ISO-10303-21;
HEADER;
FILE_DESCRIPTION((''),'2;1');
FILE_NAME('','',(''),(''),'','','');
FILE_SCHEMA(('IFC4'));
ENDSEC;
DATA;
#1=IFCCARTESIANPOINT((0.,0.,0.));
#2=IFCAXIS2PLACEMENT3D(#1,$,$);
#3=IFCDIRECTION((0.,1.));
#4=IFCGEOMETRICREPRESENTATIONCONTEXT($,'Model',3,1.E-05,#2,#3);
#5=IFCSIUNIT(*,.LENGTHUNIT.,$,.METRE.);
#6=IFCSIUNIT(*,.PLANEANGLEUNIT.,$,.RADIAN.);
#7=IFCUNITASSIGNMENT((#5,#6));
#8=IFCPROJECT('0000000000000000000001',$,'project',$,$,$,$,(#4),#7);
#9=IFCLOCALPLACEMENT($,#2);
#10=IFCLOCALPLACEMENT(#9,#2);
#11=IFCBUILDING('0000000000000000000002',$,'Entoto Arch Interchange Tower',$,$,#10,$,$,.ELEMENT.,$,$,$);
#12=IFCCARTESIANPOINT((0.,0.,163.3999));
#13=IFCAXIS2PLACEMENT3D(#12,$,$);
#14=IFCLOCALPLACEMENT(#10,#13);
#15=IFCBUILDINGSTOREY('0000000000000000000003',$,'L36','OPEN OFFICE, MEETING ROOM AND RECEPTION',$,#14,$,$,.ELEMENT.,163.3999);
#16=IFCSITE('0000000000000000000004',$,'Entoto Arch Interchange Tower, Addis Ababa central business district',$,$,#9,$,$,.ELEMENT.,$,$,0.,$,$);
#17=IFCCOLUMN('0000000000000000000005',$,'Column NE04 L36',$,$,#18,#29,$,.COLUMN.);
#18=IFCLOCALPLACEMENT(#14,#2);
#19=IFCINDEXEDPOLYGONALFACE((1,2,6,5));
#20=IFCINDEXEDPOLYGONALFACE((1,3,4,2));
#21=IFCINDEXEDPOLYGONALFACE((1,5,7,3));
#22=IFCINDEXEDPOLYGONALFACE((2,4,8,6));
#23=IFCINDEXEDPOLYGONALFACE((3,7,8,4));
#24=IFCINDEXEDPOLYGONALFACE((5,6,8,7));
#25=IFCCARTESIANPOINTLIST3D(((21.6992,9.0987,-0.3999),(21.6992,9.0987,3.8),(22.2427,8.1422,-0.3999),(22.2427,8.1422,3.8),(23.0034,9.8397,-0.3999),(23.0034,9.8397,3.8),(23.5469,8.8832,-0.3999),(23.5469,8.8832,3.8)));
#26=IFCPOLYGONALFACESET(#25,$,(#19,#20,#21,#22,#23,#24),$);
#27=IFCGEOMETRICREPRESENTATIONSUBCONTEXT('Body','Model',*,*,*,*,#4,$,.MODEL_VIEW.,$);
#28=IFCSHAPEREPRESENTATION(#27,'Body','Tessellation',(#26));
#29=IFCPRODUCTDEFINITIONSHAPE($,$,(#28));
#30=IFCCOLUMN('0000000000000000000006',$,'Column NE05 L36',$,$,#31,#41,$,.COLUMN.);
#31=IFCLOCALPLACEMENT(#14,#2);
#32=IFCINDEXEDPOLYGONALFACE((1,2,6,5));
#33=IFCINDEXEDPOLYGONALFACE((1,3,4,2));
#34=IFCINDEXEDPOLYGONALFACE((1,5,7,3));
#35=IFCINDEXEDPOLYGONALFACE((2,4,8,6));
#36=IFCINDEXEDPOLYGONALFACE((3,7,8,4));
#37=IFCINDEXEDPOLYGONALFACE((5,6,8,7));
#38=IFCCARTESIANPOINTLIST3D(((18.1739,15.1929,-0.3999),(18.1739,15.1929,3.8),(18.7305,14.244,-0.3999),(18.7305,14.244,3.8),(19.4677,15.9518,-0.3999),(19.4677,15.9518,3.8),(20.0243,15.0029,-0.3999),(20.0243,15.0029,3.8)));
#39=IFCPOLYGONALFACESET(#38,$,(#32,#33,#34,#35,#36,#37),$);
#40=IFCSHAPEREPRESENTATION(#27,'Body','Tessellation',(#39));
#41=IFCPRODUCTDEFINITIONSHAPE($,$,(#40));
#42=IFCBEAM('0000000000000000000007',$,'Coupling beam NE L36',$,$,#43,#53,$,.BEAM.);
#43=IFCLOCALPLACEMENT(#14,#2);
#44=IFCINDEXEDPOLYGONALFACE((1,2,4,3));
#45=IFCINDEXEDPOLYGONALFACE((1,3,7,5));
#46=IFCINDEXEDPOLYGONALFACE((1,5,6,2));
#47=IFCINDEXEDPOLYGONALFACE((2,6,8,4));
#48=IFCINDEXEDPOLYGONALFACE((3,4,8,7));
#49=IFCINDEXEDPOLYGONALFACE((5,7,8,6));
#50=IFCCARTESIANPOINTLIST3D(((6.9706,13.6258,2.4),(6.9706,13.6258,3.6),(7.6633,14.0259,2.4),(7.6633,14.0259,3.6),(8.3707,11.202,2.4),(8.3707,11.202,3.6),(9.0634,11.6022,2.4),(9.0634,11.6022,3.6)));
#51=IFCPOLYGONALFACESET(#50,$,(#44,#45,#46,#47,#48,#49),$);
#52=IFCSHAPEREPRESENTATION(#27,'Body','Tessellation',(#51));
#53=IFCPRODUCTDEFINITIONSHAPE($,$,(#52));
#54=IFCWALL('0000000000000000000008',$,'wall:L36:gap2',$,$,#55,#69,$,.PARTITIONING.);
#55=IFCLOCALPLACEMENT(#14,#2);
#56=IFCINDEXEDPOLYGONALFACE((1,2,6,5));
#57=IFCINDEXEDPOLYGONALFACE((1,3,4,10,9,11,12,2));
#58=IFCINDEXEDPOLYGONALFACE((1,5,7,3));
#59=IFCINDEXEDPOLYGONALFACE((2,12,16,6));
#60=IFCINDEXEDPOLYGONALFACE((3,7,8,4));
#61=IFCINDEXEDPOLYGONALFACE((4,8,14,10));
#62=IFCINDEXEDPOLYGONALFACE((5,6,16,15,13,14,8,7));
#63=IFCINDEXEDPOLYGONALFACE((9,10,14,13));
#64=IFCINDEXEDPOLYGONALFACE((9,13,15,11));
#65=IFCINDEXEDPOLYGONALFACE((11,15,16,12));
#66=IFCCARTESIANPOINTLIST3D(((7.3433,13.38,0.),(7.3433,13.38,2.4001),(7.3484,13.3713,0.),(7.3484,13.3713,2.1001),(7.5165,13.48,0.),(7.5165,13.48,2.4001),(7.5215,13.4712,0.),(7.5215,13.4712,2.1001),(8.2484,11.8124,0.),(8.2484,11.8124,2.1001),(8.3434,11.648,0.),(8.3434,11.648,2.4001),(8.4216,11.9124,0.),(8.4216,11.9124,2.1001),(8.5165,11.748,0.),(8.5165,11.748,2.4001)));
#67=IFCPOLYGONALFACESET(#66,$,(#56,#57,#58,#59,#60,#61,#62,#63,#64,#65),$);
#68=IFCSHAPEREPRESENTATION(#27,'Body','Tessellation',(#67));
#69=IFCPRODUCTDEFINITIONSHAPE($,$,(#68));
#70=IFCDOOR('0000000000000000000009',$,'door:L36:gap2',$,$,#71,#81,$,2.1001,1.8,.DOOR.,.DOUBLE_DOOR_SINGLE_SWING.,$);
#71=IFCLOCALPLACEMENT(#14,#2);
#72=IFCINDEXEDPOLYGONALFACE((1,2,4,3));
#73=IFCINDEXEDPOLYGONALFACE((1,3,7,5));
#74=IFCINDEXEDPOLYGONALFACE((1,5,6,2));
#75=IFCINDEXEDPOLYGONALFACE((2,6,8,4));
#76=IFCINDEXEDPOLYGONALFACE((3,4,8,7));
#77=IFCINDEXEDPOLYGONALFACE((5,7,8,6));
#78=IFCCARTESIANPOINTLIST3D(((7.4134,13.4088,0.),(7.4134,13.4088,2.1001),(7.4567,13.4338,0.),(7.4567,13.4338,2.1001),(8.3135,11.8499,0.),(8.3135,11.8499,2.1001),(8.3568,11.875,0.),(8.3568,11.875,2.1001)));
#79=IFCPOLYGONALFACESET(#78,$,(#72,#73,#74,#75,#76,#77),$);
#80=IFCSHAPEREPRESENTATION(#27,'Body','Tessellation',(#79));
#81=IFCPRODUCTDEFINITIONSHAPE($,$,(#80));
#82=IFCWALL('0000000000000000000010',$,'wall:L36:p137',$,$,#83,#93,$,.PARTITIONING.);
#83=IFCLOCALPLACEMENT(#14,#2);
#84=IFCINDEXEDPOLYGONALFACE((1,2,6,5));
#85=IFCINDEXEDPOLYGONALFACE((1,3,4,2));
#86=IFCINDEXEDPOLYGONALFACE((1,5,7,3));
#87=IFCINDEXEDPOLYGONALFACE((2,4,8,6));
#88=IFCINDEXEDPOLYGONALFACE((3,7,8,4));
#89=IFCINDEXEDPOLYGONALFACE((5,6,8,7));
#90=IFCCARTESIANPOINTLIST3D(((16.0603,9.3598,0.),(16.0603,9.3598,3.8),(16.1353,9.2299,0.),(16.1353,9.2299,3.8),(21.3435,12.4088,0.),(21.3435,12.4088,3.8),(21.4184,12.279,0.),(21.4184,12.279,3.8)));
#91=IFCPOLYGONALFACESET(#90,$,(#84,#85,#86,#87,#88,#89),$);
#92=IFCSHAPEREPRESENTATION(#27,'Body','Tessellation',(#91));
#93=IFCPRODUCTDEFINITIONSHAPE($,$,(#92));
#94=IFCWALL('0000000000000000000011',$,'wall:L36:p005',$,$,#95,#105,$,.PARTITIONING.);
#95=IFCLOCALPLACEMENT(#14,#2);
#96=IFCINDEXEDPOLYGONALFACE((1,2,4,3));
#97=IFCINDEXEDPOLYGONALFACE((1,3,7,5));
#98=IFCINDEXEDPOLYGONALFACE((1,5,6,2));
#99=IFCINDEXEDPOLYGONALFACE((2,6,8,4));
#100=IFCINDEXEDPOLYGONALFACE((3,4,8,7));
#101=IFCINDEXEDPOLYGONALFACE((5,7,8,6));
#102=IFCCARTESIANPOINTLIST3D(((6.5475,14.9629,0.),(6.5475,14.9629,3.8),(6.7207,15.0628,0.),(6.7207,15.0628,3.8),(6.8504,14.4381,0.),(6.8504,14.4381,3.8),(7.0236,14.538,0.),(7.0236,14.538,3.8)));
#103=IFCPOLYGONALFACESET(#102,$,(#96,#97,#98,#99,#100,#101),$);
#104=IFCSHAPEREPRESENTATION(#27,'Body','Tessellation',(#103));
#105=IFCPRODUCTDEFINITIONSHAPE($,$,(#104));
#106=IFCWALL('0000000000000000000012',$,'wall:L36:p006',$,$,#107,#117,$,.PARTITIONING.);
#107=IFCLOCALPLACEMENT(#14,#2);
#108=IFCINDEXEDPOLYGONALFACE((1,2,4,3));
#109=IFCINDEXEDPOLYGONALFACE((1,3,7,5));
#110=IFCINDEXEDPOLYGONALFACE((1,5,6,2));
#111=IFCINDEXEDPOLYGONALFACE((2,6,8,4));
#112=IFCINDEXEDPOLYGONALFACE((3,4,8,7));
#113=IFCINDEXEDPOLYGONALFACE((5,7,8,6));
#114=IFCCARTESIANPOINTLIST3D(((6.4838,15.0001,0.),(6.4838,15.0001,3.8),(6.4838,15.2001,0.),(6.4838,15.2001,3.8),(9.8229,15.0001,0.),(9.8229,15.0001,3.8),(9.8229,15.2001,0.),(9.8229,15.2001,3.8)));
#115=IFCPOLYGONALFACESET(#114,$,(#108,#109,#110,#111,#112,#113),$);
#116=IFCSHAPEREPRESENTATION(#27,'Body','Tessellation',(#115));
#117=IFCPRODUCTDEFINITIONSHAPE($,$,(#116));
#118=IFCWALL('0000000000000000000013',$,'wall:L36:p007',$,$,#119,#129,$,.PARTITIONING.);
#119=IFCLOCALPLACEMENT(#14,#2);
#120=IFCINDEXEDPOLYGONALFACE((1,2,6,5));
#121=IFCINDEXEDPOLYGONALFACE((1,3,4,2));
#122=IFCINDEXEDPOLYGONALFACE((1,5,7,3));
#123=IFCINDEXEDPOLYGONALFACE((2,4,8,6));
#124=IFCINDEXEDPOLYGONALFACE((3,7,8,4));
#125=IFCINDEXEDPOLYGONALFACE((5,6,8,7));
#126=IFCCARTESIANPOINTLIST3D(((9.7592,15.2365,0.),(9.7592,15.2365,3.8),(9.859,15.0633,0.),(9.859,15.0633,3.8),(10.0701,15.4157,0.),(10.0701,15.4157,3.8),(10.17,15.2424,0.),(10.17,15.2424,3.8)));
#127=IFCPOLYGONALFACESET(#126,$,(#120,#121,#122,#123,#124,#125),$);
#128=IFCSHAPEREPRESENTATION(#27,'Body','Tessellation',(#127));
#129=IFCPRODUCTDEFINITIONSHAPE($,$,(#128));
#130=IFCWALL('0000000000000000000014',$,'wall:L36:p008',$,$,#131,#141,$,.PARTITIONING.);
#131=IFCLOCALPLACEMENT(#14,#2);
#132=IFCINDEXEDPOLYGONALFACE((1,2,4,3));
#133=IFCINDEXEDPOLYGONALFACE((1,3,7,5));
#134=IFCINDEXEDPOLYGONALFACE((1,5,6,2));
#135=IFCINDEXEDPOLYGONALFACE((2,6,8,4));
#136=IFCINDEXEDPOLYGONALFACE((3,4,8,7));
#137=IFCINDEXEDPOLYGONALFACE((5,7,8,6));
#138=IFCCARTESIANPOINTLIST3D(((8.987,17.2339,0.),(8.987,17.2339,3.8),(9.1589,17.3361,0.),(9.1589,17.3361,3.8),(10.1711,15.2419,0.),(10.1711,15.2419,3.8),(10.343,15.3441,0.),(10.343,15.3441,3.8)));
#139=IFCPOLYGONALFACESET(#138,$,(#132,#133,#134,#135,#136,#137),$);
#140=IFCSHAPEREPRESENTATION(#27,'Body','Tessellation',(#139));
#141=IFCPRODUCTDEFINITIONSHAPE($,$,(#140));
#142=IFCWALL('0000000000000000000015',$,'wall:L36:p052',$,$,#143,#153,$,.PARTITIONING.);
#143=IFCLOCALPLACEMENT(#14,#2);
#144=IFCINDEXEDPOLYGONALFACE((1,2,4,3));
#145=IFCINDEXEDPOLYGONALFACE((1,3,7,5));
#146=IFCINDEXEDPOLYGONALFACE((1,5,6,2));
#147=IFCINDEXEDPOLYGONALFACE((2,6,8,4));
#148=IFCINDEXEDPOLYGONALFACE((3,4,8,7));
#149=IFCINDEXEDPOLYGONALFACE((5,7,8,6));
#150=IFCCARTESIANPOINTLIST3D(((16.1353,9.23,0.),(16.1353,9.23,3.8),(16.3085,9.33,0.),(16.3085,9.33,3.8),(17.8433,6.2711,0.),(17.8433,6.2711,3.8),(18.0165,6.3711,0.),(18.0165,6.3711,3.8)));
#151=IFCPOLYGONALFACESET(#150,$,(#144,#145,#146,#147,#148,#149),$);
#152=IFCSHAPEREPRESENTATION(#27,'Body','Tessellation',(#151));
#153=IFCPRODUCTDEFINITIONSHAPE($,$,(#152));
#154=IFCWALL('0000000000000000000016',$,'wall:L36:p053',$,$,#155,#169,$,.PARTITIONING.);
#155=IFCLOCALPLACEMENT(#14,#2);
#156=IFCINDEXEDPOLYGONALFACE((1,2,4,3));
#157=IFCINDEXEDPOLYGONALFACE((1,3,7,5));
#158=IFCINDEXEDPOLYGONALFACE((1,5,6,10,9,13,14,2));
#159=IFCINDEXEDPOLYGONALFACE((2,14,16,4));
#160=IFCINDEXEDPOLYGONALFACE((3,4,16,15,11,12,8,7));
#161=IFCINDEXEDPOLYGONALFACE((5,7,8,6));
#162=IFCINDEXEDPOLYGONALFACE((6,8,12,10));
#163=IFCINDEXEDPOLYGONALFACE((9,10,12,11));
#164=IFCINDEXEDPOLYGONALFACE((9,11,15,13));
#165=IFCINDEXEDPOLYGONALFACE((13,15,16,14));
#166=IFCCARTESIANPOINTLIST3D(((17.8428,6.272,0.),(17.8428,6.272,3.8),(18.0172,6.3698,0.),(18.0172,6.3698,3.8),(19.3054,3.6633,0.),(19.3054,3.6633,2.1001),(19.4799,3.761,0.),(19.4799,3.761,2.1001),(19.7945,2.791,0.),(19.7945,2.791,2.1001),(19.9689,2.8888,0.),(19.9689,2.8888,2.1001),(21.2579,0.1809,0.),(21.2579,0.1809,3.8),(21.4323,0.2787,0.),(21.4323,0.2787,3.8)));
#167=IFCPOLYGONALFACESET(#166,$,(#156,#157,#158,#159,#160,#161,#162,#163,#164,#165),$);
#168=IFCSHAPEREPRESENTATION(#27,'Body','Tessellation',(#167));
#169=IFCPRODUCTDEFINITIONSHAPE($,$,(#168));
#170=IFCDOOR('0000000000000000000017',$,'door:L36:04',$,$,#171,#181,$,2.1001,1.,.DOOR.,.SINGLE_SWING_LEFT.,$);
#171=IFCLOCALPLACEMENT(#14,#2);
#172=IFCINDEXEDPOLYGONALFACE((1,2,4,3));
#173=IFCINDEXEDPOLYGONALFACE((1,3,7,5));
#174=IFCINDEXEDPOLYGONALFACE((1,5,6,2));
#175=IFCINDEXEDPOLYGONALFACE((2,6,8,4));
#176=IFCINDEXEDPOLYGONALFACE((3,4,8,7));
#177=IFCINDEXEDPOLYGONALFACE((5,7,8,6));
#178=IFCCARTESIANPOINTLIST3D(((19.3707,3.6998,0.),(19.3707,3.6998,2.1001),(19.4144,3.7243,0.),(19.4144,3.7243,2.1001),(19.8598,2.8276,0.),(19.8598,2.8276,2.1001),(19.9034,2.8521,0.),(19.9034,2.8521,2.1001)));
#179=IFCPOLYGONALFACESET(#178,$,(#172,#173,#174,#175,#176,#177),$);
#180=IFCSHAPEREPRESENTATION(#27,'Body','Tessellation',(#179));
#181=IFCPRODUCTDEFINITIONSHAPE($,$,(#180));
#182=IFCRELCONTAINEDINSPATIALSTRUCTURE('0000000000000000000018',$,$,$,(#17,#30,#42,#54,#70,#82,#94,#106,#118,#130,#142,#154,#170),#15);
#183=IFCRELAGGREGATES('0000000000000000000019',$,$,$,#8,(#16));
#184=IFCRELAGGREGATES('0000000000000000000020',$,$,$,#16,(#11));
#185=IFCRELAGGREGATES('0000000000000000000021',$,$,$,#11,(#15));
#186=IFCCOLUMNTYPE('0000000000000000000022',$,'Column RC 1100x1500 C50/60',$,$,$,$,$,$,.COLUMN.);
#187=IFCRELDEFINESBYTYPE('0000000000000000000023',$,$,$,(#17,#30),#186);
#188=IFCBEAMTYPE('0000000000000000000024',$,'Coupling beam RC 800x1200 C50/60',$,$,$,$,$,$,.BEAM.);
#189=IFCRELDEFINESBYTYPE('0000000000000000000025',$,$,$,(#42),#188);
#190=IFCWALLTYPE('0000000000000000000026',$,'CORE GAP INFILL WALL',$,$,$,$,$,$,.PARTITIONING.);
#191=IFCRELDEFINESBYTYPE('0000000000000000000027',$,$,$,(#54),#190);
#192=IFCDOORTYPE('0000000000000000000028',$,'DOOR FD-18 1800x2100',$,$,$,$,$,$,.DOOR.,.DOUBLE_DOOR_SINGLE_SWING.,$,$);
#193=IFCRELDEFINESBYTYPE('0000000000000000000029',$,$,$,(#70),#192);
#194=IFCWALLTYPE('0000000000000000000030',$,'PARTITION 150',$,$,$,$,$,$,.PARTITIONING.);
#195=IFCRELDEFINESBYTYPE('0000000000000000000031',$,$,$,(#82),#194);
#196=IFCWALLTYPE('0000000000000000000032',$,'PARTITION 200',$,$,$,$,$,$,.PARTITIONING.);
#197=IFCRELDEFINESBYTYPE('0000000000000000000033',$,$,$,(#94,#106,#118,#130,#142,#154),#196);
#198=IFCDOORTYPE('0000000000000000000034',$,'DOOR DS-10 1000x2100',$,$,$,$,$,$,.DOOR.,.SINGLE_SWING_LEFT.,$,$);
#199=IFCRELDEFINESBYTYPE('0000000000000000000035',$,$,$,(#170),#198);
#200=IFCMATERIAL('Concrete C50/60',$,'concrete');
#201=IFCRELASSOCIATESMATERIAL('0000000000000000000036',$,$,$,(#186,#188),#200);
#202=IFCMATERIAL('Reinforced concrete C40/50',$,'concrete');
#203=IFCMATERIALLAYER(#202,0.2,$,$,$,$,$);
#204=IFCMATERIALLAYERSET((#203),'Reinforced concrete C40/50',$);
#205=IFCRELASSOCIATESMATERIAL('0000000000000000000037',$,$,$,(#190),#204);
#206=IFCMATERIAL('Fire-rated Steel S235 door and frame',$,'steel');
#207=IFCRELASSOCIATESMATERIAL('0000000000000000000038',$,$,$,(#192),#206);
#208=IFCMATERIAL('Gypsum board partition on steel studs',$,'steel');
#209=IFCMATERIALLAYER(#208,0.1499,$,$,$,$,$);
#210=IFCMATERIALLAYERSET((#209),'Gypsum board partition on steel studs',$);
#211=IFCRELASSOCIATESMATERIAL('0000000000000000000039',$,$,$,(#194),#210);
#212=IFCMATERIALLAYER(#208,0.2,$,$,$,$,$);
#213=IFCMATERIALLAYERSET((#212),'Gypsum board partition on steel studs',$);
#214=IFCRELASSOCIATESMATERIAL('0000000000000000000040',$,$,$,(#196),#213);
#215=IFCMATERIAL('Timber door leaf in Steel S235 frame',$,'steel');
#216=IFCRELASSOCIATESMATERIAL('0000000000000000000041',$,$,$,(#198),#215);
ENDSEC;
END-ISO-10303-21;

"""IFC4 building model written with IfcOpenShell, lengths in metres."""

from ifc_helpers import new_model, si_unit, direction, frame, frame_2d, origin, origin_2d, place, context, subcontext, project, spatial, rectangle, extrude, material, layer, layer_set, material_profile, profile_set, type_object, element, fill, save


model = new_model("IFC4")

# Units and contexts
model_context = context("Model", 3, precision=1e-05, world=origin(), true_north=direction((0.0, 1.0)))
body_context = subcontext(model_context, "Body", "Model", "MODEL_VIEW")
ifc_project = project(units=[si_unit("LENGTHUNIT", "METRE"), si_unit("PLANEANGLEUNIT", "RADIAN")], contexts=[model_context])

# Site, building, storey
site_placement = place(None, origin())
site = spatial("IfcSite", under=ifc_project, at=site_placement, Name="Entoto Arch Interchange Tower, Addis Ababa central business district", CompositionType="ELEMENT", RefElevation=0.0)
building_placement = place(site_placement, origin())
building = spatial("IfcBuilding", under=site, at=building_placement, Name="Entoto Arch Interchange Tower", CompositionType="ELEMENT")
storey_placement = place(building_placement, frame((0.0, 0.0, 163.3999)))
storey = spatial("IfcBuildingStorey", under=building, at=storey_placement, Name="L36", Description="OPEN OFFICE, MEETING ROOM AND RECEPTION", CompositionType="ELEMENT", Elevation=163.3999)

# Columns
ifc_material_1 = material(Name="Concrete C50/60", Category="concrete")
ifc_material_profile_1 = material_profile(ifc_material_1, rectangle(XDim=1.1001, YDim=1.5, at=origin_2d()))
ifc_profile_set_1 = profile_set([ifc_material_profile_1], Name="Concrete C50/60")
column_type = type_object("IfcColumnType", Name="Column RC 1100x1500 C50/60", PredefinedType="COLUMN", material=ifc_profile_set_1)
for number, where, z_axis, x_axis, name in (
    (1, (22.623, 8.991, -0.3999), (0.0, 0.0, 1.0), (-0.494018, 0.869452, 0.0), "Column NE04 L36"),
    (2, (19.0991, 15.0979, -0.3999), (0.0, 0.0, 1.0), (-0.505958, 0.862558, 0.0), "Column NE05 L36"),
):
    element("IfcColumn", number, at=place(storey_placement, frame(where, z_axis=z_axis, x_axis=x_axis)), inside=storey, type_object=column_type, Name=name, PredefinedType="COLUMN", context=body_context, shape_type="SweptSolid", body=[
        extrude(rectangle(XDim=1.1001, YDim=1.5, at=origin_2d()), origin(), (0.0, 0.0, 1.0), 4.2),
    ])

# Beam
ifc_material_profile_2 = material_profile(ifc_material_1, rectangle(XDim=0.8, YDim=1.2, at=origin_2d()))
ifc_profile_set_2 = profile_set([ifc_material_profile_2], Name="Concrete C50/60")
beam_type = type_object("IfcBeamType", Name="Coupling beam RC 800x1200 C50/60", PredefinedType="BEAM", material=ifc_profile_set_2)
beam_placement = place(storey_placement, frame((8.717, 11.4021, 3.0), z_axis=(-0.500201, 0.86591, 0.0), x_axis=(-0.86591, -0.500201, 0.0)))
element("IfcBeam", 3, at=beam_placement, inside=storey, type_object=beam_type, Name="Coupling beam NE L36", PredefinedType="BEAM", context=body_context, shape_type="SweptSolid", body=[
    extrude(rectangle(XDim=0.8, YDim=1.2, at=origin_2d()), origin(), (0.0, 0.0, 1.0), 2.7991),
])

# Wall, opening, door
ifc_material_2 = material(Name="Reinforced concrete C40/50", Category="concrete")
ifc_layer_1 = layer(ifc_material_2, 0.2)
ifc_layer_set_1 = layer_set([ifc_layer_1], Name="Reinforced concrete C40/50")
wall_type_1 = type_object("IfcWallType", Name="CORE GAP INFILL WALL", PredefinedType="PARTITIONING", material=ifc_layer_set_1)
wall_1_placement = place(storey_placement, frame((8.4299, 11.698, 0.0), z_axis=(0.0, 0.0, 1.0), x_axis=(-0.500025, 0.866011, 0.0)))
wall_1 = element("IfcWall", 4, at=wall_1_placement, inside=storey, type_object=wall_type_1, Name="wall:L36:gap2", PredefinedType="PARTITIONING", context=body_context, shape_type="SweptSolid", body=[
    extrude(rectangle(XDim=2.0, YDim=0.2, at=frame_2d((1.0, 0.0))), origin(), (0.0, 0.0, 1.0), 2.4001),
])
opening_1_placement = place(wall_1_placement, frame((0.1899, 0.0, 0.0)))
opening_1 = element("IfcOpeningElement", 5, at=opening_1_placement, cuts=wall_1, PredefinedType="OPENING", context=body_context, shape_type="SweptSolid", body=[
    extrude(rectangle(XDim=1.8, YDim=2.1001, at=frame_2d((0.8999, 1.05))), frame((0.0, 0.1099, 0.0), z_axis=(0.0, -1.0, 0.0), x_axis=(1.0, 0.0, 0.0)), (0.0, 0.0, 1.0), 0.22),
])
ifc_material_3 = material(Name="Fire-rated Steel S235 door and frame", Category="steel")
door_type_1 = type_object("IfcDoorType", Name="DOOR FD-18 1800x2100", OperationType="DOUBLE_DOOR_SINGLE_SWING", PredefinedType="DOOR", material=ifc_material_3)
door_1_placement = place(opening_1_placement, origin())
door_1 = element("IfcDoor", 6, at=door_1_placement, inside=storey, type_object=door_type_1, Name="door:L36:gap2", OperationType="DOUBLE_DOOR_SINGLE_SWING", OverallHeight=2.1001, OverallWidth=1.8, PredefinedType="DOOR", context=body_context, shape_type="SweptSolid", body=[
    extrude(rectangle(XDim=1.8, YDim=2.1001, at=frame_2d((0.8999, 1.05))), frame((0.0, 0.0249, 0.0), z_axis=(0.0, -1.0, 0.0), x_axis=(1.0, 0.0, 0.0)), (0.0, 0.0, 1.0), 0.05),
])
fill(opening_1, door_1)

# Walls
ifc_material_4 = material(Name="Gypsum board partition on steel studs", Category="steel")
ifc_layer_2 = layer(ifc_material_4, 0.1499)
ifc_layer_set_2 = layer_set([ifc_layer_2], Name="Gypsum board partition on steel studs")
wall_type_2 = type_object("IfcWallType", Name="PARTITION 150", PredefinedType="PARTITIONING", material=ifc_layer_set_2)
wall_2_placement = place(storey_placement, frame((16.0979, 9.2949, 0.0), z_axis=(0.0, 0.0, 1.0), x_axis=(0.86611, 0.499854, 0.0)))
element("IfcWall", 7, at=wall_2_placement, inside=storey, type_object=wall_type_2, Name="wall:L36:p137", PredefinedType="PARTITIONING", context=body_context, shape_type="SweptSolid", body=[
    extrude(rectangle(XDim=6.0999, YDim=0.1499, at=frame_2d((3.0498, 0.0))), origin(), (0.0, 0.0, 1.0), 3.8),
])
ifc_layer_3 = layer(ifc_material_4, 0.2)
ifc_layer_set_3 = layer_set([ifc_layer_3], Name="Gypsum board partition on steel studs")
wall_type_3 = type_object("IfcWallType", Name="PARTITION 200", PredefinedType="PARTITIONING", material=ifc_layer_set_3)
wall_3_placement = place(storey_placement, frame((6.937, 14.488, 0.0), z_axis=(0.0, 0.0, 1.0), x_axis=(-0.499908, 0.866078, 0.0)))
element("IfcWall", 8, at=wall_3_placement, inside=storey, type_object=wall_type_3, Name="wall:L36:p005", PredefinedType="PARTITIONING", context=body_context, shape_type="SweptSolid", body=[
    extrude(rectangle(XDim=0.606, YDim=0.2, at=frame_2d((0.303, 0.0))), origin(), (0.0, 0.0, 1.0), 3.8),
])
wall_4_placement = place(storey_placement, frame((6.4839, 15.1001, 0.0), z_axis=(0.0, 0.0, 1.0), x_axis=(1.0, 0.0, 0.0)))
element("IfcWall", 9, at=wall_4_placement, inside=storey, type_object=wall_type_3, Name="wall:L36:p006", PredefinedType="PARTITIONING", context=body_context, shape_type="SweptSolid", body=[
    extrude(rectangle(XDim=3.3391, YDim=0.2, at=frame_2d((1.6694, 0.0))), origin(), (0.0, 0.0, 1.0), 3.8),
])
wall_5_placement = place(storey_placement, frame((9.8091, 15.1499, 0.0), z_axis=(0.0, 0.0, 1.0), x_axis=(0.86648, 0.499212, 0.0)))
element("IfcWall", 10, at=wall_5_placement, inside=storey, type_object=wall_type_3, Name="wall:L36:p007", PredefinedType="PARTITIONING", context=body_context, shape_type="SweptSolid", body=[
    extrude(rectangle(XDim=0.3589, YDim=0.2, at=frame_2d((0.1794, 0.0))), origin(), (0.0, 0.0, 1.0), 3.8),
])
wall_6_placement = place(storey_placement, frame((10.2571, 15.293, 0.0), z_axis=(0.0, 0.0, 1.0), x_axis=(-0.510974, 0.859596, 0.0)))
element("IfcWall", 11, at=wall_6_placement, inside=storey, type_object=wall_type_3, Name="wall:L36:p008", PredefinedType="PARTITIONING", context=body_context, shape_type="SweptSolid", body=[
    extrude(rectangle(XDim=2.3174, YDim=0.2, at=frame_2d((1.1587, 0.0))), origin(), (0.0, 0.0, 1.0), 3.8),
])
wall_7_placement = place(storey_placement, frame((16.2219, 9.28, 0.0), z_axis=(0.0, 0.0, 1.0), x_axis=(0.49992, -0.866071, 0.0)))
element("IfcWall", 12, at=wall_7_placement, inside=storey, type_object=wall_type_3, Name="wall:L36:p052", PredefinedType="PARTITIONING", context=body_context, shape_type="SweptSolid", body=[
    extrude(rectangle(XDim=3.4165, YDim=0.2, at=frame_2d((1.7083, 0.0))), origin(), (0.0, 0.0, 1.0), 3.8),
])

# Wall, opening, door
wall_8_placement = place(storey_placement, frame((17.9299, 6.321, 0.0), z_axis=(0.0, 0.0, 1.0), x_axis=(0.489044, -0.872259, 0.0)))
wall_8 = element("IfcWall", 13, at=wall_8_placement, inside=storey, type_object=wall_type_3, Name="wall:L36:p053", PredefinedType="PARTITIONING", context=body_context, shape_type="SweptSolid", body=[
    extrude(rectangle(XDim=6.9832, YDim=0.2, at=frame_2d((3.4917, 0.0))), origin(), (0.0, 0.0, 1.0), 3.8),
])
opening_2_placement = place(wall_8_placement, frame((2.991, 0.0, 0.0)))
opening_2 = element("IfcOpeningElement", 14, at=opening_2_placement, cuts=wall_8, PredefinedType="OPENING", context=body_context, shape_type="SweptSolid", body=[
    extrude(rectangle(XDim=1.0, YDim=2.1001, at=frame_2d((0.5, 1.05))), frame((0.0, 0.1099, 0.0), z_axis=(0.0, -1.0, 0.0), x_axis=(1.0, 0.0, 0.0)), (0.0, 0.0, 1.0), 0.22),
])
ifc_material_5 = material(Name="Timber door leaf in Steel S235 frame", Category="steel")
door_type_2 = type_object("IfcDoorType", Name="DOOR DS-10 1000x2100", OperationType="SINGLE_SWING_LEFT", PredefinedType="DOOR", material=ifc_material_5)
door_2_placement = place(opening_2_placement, origin())
door_2 = element("IfcDoor", 15, at=door_2_placement, inside=storey, type_object=door_type_2, Name="door:L36:04", OperationType="SINGLE_SWING_LEFT", OverallHeight=2.1001, OverallWidth=1.0, PredefinedType="DOOR", context=body_context, shape_type="SweptSolid", body=[
    extrude(rectangle(XDim=1.0, YDim=2.1001, at=frame_2d((0.5, 1.05))), frame((0.0, 0.0249, 0.0), z_axis=(0.0, -1.0, 0.0), x_axis=(1.0, 0.0, 0.0)), (0.0, 0.0, 1.0), 0.05),
])
fill(opening_2, door_2)

save(model, "model.ifc")
